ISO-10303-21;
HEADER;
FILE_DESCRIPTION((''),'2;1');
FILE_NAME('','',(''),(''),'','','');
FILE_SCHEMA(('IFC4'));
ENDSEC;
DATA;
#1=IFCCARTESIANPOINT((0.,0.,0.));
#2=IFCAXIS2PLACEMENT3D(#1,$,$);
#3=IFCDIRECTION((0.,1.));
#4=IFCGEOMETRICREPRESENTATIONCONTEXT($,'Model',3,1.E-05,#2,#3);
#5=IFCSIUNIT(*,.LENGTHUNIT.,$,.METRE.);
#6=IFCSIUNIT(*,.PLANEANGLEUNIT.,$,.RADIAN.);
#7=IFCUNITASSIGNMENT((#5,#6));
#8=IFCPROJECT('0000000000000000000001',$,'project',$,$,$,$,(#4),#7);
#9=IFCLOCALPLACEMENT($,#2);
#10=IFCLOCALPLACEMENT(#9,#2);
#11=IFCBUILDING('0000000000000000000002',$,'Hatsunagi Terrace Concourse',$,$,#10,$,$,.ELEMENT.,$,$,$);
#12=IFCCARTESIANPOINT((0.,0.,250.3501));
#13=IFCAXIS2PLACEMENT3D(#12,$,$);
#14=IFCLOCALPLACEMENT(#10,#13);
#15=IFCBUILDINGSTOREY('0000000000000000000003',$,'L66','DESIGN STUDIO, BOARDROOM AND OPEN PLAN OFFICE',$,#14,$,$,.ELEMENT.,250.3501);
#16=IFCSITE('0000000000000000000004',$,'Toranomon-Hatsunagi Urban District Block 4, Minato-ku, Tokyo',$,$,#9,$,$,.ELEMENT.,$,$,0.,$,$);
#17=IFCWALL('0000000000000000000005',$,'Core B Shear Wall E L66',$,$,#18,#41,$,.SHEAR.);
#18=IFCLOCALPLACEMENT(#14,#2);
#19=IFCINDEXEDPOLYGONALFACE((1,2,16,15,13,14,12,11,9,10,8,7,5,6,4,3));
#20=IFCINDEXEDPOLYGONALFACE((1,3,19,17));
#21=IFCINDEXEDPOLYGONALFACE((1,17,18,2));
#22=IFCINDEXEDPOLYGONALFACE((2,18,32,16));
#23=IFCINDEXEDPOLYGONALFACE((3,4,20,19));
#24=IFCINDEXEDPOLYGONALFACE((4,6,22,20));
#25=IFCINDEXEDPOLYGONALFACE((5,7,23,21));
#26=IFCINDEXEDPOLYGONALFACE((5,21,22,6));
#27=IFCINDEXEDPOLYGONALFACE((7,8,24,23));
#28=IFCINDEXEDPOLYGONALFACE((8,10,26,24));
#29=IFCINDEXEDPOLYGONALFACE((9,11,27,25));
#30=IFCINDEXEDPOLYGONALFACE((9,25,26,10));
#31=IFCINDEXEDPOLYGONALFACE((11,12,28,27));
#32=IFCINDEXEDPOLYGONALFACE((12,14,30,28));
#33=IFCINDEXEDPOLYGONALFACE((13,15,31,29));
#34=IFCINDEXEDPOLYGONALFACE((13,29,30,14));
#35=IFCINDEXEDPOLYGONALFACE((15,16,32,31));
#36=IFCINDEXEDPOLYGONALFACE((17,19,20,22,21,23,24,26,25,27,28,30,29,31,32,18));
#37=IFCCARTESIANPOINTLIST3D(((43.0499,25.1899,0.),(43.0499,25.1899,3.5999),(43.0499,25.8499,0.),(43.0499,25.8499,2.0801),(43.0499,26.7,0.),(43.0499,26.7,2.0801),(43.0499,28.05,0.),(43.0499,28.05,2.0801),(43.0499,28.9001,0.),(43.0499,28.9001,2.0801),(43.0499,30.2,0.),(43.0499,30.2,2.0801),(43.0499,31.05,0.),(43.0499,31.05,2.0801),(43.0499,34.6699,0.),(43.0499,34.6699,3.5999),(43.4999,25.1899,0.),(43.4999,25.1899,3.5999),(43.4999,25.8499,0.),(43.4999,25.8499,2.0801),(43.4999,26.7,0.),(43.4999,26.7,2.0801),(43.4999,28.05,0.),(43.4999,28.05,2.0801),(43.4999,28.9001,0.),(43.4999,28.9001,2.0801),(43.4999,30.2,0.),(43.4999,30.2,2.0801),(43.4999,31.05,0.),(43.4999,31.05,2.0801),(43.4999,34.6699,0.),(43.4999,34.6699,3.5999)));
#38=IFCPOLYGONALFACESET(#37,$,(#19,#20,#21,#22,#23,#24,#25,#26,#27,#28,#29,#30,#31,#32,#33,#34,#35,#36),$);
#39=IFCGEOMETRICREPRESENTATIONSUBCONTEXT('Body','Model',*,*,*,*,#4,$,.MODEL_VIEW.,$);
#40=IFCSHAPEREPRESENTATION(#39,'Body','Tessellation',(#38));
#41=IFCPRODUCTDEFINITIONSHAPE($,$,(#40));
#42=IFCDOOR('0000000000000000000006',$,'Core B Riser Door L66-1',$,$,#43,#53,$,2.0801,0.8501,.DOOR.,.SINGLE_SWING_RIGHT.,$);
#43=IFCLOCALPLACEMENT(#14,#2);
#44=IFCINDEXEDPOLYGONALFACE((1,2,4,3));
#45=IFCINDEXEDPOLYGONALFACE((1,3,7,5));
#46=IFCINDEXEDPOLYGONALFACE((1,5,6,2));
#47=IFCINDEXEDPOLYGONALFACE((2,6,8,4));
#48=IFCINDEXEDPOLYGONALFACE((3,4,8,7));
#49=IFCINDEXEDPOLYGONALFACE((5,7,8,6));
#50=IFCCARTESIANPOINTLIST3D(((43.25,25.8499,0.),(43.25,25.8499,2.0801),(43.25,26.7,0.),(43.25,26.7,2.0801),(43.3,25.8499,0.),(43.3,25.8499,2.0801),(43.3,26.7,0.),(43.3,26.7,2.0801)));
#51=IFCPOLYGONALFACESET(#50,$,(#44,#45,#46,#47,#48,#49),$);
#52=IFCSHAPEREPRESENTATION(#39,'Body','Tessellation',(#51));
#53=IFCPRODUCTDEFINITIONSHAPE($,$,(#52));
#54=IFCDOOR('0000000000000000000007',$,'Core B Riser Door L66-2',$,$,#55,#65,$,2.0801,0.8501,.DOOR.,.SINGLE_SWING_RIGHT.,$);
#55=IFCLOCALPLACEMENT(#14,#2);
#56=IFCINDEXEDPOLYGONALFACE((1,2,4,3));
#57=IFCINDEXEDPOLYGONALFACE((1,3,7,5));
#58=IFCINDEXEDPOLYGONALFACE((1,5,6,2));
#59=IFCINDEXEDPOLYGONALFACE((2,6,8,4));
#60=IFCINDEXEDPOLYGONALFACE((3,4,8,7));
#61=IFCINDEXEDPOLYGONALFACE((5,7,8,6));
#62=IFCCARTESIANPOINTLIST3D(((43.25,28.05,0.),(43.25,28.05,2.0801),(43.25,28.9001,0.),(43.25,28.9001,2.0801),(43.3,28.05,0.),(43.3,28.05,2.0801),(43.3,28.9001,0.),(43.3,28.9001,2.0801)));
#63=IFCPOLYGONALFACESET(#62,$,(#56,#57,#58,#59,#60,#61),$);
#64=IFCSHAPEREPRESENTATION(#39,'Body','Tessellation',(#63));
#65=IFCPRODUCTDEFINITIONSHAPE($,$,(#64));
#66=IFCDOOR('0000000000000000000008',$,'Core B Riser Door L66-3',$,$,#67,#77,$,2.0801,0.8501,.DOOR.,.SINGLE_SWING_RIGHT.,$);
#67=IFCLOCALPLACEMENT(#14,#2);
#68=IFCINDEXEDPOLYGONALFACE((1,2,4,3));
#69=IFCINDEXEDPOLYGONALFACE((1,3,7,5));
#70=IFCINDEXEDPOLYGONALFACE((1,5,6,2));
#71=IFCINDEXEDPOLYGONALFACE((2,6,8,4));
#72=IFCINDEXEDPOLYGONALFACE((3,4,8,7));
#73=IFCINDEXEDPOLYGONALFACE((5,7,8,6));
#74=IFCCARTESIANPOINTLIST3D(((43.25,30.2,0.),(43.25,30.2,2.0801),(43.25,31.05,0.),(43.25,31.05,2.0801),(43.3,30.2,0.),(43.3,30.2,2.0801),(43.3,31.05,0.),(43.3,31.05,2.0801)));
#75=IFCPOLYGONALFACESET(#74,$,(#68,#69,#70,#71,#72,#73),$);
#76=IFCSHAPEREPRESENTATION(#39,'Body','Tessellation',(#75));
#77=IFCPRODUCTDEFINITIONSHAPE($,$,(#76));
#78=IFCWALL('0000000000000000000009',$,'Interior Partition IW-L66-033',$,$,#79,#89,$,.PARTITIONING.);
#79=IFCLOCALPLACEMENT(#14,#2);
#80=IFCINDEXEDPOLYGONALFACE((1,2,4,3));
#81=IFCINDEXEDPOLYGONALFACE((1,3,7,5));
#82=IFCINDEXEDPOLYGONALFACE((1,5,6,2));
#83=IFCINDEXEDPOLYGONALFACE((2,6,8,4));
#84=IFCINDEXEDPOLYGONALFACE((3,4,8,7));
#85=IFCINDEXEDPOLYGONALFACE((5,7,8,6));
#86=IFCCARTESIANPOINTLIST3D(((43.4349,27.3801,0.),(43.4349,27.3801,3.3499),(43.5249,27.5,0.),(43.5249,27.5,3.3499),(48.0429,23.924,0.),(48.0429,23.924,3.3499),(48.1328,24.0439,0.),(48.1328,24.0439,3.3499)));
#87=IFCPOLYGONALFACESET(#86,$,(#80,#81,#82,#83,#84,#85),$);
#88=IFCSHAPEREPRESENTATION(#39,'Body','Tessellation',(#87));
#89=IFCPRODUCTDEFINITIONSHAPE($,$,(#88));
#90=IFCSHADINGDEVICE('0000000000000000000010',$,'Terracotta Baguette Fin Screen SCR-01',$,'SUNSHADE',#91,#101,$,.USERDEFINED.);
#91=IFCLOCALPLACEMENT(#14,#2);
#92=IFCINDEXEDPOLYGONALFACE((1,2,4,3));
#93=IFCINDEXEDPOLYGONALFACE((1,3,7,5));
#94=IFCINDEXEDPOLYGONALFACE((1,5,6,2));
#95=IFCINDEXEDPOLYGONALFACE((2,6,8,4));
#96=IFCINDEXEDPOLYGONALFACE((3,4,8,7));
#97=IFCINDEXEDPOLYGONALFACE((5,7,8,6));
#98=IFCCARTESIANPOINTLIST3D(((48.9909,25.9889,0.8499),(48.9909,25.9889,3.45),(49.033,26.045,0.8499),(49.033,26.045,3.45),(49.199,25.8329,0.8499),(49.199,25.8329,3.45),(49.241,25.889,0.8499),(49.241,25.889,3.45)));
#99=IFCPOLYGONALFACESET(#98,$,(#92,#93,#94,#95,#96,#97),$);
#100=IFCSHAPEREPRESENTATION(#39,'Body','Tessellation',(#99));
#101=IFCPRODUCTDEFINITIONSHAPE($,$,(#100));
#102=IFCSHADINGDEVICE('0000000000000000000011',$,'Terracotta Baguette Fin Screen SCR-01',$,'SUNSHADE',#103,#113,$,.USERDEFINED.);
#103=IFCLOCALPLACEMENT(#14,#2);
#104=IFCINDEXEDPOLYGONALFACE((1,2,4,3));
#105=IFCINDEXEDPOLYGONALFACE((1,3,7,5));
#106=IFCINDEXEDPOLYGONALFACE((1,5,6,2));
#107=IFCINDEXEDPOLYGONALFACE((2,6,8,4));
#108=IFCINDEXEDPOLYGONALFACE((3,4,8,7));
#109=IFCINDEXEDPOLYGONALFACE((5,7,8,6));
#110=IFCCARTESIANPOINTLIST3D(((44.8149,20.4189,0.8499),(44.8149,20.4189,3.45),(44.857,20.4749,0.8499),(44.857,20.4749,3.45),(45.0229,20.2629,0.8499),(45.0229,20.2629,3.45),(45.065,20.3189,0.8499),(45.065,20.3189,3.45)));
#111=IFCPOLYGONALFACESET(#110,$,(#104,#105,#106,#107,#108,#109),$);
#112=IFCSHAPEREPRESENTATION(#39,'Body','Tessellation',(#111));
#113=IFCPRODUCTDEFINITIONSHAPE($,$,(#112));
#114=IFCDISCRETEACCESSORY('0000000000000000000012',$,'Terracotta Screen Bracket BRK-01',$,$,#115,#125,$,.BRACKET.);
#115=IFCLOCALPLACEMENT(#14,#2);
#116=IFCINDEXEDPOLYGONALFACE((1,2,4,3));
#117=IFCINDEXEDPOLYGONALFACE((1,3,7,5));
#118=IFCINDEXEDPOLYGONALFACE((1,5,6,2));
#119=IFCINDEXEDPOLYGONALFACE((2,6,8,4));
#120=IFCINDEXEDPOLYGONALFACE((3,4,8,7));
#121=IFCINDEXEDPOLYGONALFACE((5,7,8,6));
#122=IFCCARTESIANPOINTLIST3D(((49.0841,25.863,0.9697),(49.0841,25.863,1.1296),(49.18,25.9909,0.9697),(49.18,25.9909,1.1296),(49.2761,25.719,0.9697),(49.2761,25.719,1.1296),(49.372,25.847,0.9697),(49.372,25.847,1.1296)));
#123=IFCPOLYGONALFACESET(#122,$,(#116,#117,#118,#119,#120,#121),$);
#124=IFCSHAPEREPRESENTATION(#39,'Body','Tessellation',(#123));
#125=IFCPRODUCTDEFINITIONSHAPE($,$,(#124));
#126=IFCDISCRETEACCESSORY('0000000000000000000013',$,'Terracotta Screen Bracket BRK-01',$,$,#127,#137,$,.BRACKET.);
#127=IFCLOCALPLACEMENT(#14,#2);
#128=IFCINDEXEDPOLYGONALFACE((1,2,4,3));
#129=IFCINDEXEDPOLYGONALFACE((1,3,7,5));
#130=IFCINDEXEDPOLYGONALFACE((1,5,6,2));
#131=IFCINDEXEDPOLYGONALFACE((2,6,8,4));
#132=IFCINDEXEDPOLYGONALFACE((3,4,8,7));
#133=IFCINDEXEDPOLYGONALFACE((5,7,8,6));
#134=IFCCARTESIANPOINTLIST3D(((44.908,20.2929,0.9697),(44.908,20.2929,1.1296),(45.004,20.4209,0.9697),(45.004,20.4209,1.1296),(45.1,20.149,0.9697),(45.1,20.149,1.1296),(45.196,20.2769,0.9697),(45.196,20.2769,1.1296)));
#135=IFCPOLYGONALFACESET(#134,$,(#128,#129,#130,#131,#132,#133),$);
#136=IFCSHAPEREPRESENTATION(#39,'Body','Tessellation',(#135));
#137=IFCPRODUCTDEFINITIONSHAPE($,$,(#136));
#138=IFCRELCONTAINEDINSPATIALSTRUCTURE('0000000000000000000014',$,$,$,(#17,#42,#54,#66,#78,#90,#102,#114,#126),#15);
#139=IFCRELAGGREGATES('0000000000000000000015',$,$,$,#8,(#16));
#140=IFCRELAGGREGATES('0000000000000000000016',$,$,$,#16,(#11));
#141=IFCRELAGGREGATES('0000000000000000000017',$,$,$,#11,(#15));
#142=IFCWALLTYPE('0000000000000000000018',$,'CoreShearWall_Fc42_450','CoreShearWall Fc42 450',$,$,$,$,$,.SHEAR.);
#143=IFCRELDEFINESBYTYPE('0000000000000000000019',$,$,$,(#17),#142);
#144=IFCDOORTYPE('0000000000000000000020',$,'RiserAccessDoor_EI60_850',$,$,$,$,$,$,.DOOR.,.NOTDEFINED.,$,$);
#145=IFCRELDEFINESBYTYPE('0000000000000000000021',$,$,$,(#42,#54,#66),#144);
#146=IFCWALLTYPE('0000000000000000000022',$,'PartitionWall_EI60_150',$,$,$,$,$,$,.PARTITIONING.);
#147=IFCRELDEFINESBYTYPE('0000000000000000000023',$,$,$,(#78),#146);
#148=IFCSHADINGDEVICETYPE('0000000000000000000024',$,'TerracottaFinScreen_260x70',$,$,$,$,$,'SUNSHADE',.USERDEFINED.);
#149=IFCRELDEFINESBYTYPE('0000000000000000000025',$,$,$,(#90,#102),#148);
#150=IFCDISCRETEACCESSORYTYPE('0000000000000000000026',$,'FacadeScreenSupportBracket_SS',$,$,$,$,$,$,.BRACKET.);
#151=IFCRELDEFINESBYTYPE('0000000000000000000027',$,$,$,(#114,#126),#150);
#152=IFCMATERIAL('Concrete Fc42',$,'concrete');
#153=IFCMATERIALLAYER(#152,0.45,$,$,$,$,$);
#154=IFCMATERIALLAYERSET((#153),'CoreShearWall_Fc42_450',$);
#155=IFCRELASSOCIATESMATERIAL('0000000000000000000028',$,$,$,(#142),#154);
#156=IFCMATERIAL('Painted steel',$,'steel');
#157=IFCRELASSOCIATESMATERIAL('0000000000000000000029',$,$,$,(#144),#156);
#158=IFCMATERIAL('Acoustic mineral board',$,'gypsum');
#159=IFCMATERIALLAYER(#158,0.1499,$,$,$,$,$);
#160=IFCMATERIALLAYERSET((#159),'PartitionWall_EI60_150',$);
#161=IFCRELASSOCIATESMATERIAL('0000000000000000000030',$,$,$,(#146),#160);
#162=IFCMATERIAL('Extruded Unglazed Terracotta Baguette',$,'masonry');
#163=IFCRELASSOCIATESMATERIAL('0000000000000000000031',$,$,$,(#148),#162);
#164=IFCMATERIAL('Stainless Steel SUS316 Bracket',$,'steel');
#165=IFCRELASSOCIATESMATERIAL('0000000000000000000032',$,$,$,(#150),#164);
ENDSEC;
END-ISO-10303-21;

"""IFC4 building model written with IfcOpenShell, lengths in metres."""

from ifc_helpers import new_model, si_unit, direction, frame, frame_2d, origin, origin_2d, place, context, subcontext, project, spatial, rectangle, extrude, material, layer, layer_set, type_object, element, fill, save


model = new_model("IFC4")

# Units and contexts
model_context = context("Model", 3, precision=1e-05, world=origin(), true_north=direction((0.0, 1.0)))
body_context = subcontext(model_context, "Body", "Model", "MODEL_VIEW")
ifc_project = project(units=[si_unit("LENGTHUNIT", "METRE"), si_unit("PLANEANGLEUNIT", "RADIAN")], contexts=[model_context])

# Site, building, storey
site_placement = place(None, origin())
site = spatial("IfcSite", under=ifc_project, at=site_placement, Name="Toranomon-Hatsunagi Urban District Block 4, Minato-ku, Tokyo", CompositionType="ELEMENT", RefElevation=0.0)
building_placement = place(site_placement, origin())
building = spatial("IfcBuilding", under=site, at=building_placement, Name="Hatsunagi Terrace Concourse", CompositionType="ELEMENT")
storey_placement = place(building_placement, frame((0.0, 0.0, 250.3501)))
storey = spatial("IfcBuildingStorey", under=building, at=storey_placement, Name="L66", Description="DESIGN STUDIO, BOARDROOM AND OPEN PLAN OFFICE", CompositionType="ELEMENT", Elevation=250.3501)

# Wall, openings, doors
ifc_material_1 = material(Name="Concrete Fc42", Category="concrete")
ifc_layer_1 = layer(ifc_material_1, 0.45)
ifc_layer_set_1 = layer_set([ifc_layer_1], Name="CoreShearWall_Fc42_450")
wall_type_1 = type_object("IfcWallType", Name="CoreShearWall_Fc42_450", Description="CoreShearWall Fc42 450", PredefinedType="SHEAR", material=ifc_layer_set_1)
wall_1_placement = place(storey_placement, frame((43.2749, 25.1899, 0.0), z_axis=(0.0, 0.0, 1.0), x_axis=(0.0, 1.0, 0.0)))
wall_1 = element("IfcWall", 1, at=wall_1_placement, inside=storey, type_object=wall_type_1, Name="Core B Shear Wall E L66", PredefinedType="SHEAR", context=body_context, shape_type="SweptSolid", body=[
    extrude(rectangle(XDim=9.48, YDim=0.45, at=frame_2d((4.74, 0.0))), origin(), (0.0, 0.0, 1.0), 3.5999),
])
opening_1_placement = place(wall_1_placement, frame((0.6599, 0.0, 0.0)))
opening_1 = element("IfcOpeningElement", 2, at=opening_1_placement, cuts=wall_1, PredefinedType="OPENING", context=body_context, shape_type="SweptSolid", body=[
    extrude(rectangle(XDim=0.8501, YDim=2.0801, at=frame_2d((0.425, 1.04))), frame((0.0, 0.2349, 0.0), z_axis=(0.0, -1.0, 0.0), x_axis=(1.0, 0.0, 0.0)), (0.0, 0.0, 1.0), 0.47),
])
opening_2_placement = place(wall_1_placement, frame((2.8601, 0.0, 0.0)))
opening_2 = element("IfcOpeningElement", 3, at=opening_2_placement, cuts=wall_1, PredefinedType="OPENING", context=body_context, shape_type="SweptSolid", body=[
    extrude(rectangle(XDim=0.8501, YDim=2.0801, at=frame_2d((0.425, 1.04))), frame((0.0, 0.2349, 0.0), z_axis=(0.0, -1.0, 0.0), x_axis=(1.0, 0.0, 0.0)), (0.0, 0.0, 1.0), 0.47),
])
opening_3_placement = place(wall_1_placement, frame((5.01, 0.0, 0.0)))
opening_3 = element("IfcOpeningElement", 4, at=opening_3_placement, cuts=wall_1, PredefinedType="OPENING", context=body_context, shape_type="SweptSolid", body=[
    extrude(rectangle(XDim=0.8501, YDim=2.0801, at=frame_2d((0.425, 1.04))), frame((0.0, 0.2349, 0.0), z_axis=(0.0, -1.0, 0.0), x_axis=(1.0, 0.0, 0.0)), (0.0, 0.0, 1.0), 0.47),
])
ifc_material_2 = material(Name="Painted steel", Category="steel")
door_type = type_object("IfcDoorType", Name="RiserAccessDoor_EI60_850", OperationType="NOTDEFINED", PredefinedType="DOOR", material=ifc_material_2)
door_1_placement = place(opening_1_placement, origin())
door_1 = element("IfcDoor", 5, at=door_1_placement, inside=storey, type_object=door_type, Name="Core B Riser Door L66-1", OperationType="SINGLE_SWING_RIGHT", OverallHeight=2.0801, OverallWidth=0.8501, PredefinedType="DOOR", context=body_context, shape_type="SweptSolid", body=[
    extrude(rectangle(XDim=0.8501, YDim=2.0801, at=frame_2d((0.425, 1.04))), frame((0.0, 0.0249, 0.0), z_axis=(0.0, -1.0, 0.0), x_axis=(1.0, 0.0, 0.0)), (0.0, 0.0, 1.0), 0.05),
])
fill(opening_1, door_1)
door_2_placement = place(opening_2_placement, origin())
door_2 = element("IfcDoor", 6, at=door_2_placement, inside=storey, type_object=door_type, Name="Core B Riser Door L66-2", OperationType="SINGLE_SWING_RIGHT", OverallHeight=2.0801, OverallWidth=0.8501, PredefinedType="DOOR", context=body_context, shape_type="SweptSolid", body=[
    extrude(rectangle(XDim=0.8501, YDim=2.0801, at=frame_2d((0.425, 1.04))), frame((0.0, 0.0249, 0.0), z_axis=(0.0, -1.0, 0.0), x_axis=(1.0, 0.0, 0.0)), (0.0, 0.0, 1.0), 0.05),
])
fill(opening_2, door_2)
door_3_placement = place(opening_3_placement, origin())
door_3 = element("IfcDoor", 7, at=door_3_placement, inside=storey, type_object=door_type, Name="Core B Riser Door L66-3", OperationType="SINGLE_SWING_RIGHT", OverallHeight=2.0801, OverallWidth=0.8501, PredefinedType="DOOR", context=body_context, shape_type="SweptSolid", body=[
    extrude(rectangle(XDim=0.8501, YDim=2.0801, at=frame_2d((0.425, 1.04))), frame((0.0, 0.0249, 0.0), z_axis=(0.0, -1.0, 0.0), x_axis=(1.0, 0.0, 0.0)), (0.0, 0.0, 1.0), 0.05),
])
fill(opening_3, door_3)

# Wall
ifc_material_3 = material(Name="Acoustic mineral board", Category="gypsum")
ifc_layer_2 = layer(ifc_material_3, 0.1499)
ifc_layer_set_2 = layer_set([ifc_layer_2], Name="PartitionWall_EI60_150")
wall_type_2 = type_object("IfcWallType", Name="PartitionWall_EI60_150", PredefinedType="PARTITIONING", material=ifc_layer_set_2)
wall_2_placement = place(storey_placement, frame((43.48, 27.4399, 0.0), z_axis=(0.0, 0.0, 1.0), x_axis=(0.79999, -0.600014, 0.0)))
element("IfcWall", 8, at=wall_2_placement, inside=storey, type_object=wall_type_2, Name="Interior Partition IW-L66-033", PredefinedType="PARTITIONING", context=body_context, shape_type="SweptSolid", body=[
    extrude(rectangle(XDim=5.76, YDim=0.1499, at=frame_2d((2.8799, 0.0))), origin(), (0.0, 0.0, 1.0), 3.3499),
])

# Shading devices
ifc_material_4 = material(Name="Extruded Unglazed Terracotta Baguette", Category="masonry")
shading_device_type = type_object("IfcShadingDeviceType", Name="TerracottaFinScreen_260x70", ElementType="SUNSHADE", PredefinedType="USERDEFINED", material=ifc_material_4)
for number, where, z_axis, x_axis, name in (
    (9, (49.116, 25.939, 0.8499), (0.0, 0.0, 1.0), (-0.599969, -0.800023, 0.0), "Terracotta Baguette Fin Screen SCR-01"),
    (10, (44.9399, 20.3689, 0.8499), (0.0, 0.0, 1.0), (-0.599969, -0.800023, 0.0), "Terracotta Baguette Fin Screen SCR-01"),
):
    element("IfcShadingDevice", number, at=place(storey_placement, frame(where, z_axis=z_axis, x_axis=x_axis)), inside=storey, type_object=shading_device_type, Name=name, ObjectType="SUNSHADE", PredefinedType="USERDEFINED", context=body_context, shape_type="SweptSolid", body=[
        extrude(rectangle(XDim=0.0701, YDim=0.26, at=origin_2d()), origin(), (0.0, 0.0, 1.0), 2.6001),
    ])

# Discrete accessories
ifc_material_5 = material(Name="Stainless Steel SUS316 Bracket", Category="steel")
discrete_accessory_type = type_object("IfcDiscreteAccessoryType", Name="FacadeScreenSupportBracket_SS", PredefinedType="BRACKET", material=ifc_material_5)
for number, where, z_axis, x_axis, name in (
    (11, (49.228, 25.855, 0.9697), (0.0, 0.0, 1.0), (-0.599969, -0.800023, 0.0), "Terracotta Screen Bracket BRK-01"),
    (12, (45.052, 20.2849, 0.9697), (0.0, 0.0, 1.0), (-0.599969, -0.800023, 0.0), "Terracotta Screen Bracket BRK-01"),
):
    element("IfcDiscreteAccessory", number, at=place(storey_placement, frame(where, z_axis=z_axis, x_axis=x_axis)), inside=storey, type_object=discrete_accessory_type, Name=name, PredefinedType="BRACKET", context=body_context, shape_type="SweptSolid", body=[
        extrude(rectangle(XDim=0.1599, YDim=0.24, at=origin_2d()), origin(), (0.0, 0.0, 1.0), 0.1599),
    ])

save(model, "model.ifc")
